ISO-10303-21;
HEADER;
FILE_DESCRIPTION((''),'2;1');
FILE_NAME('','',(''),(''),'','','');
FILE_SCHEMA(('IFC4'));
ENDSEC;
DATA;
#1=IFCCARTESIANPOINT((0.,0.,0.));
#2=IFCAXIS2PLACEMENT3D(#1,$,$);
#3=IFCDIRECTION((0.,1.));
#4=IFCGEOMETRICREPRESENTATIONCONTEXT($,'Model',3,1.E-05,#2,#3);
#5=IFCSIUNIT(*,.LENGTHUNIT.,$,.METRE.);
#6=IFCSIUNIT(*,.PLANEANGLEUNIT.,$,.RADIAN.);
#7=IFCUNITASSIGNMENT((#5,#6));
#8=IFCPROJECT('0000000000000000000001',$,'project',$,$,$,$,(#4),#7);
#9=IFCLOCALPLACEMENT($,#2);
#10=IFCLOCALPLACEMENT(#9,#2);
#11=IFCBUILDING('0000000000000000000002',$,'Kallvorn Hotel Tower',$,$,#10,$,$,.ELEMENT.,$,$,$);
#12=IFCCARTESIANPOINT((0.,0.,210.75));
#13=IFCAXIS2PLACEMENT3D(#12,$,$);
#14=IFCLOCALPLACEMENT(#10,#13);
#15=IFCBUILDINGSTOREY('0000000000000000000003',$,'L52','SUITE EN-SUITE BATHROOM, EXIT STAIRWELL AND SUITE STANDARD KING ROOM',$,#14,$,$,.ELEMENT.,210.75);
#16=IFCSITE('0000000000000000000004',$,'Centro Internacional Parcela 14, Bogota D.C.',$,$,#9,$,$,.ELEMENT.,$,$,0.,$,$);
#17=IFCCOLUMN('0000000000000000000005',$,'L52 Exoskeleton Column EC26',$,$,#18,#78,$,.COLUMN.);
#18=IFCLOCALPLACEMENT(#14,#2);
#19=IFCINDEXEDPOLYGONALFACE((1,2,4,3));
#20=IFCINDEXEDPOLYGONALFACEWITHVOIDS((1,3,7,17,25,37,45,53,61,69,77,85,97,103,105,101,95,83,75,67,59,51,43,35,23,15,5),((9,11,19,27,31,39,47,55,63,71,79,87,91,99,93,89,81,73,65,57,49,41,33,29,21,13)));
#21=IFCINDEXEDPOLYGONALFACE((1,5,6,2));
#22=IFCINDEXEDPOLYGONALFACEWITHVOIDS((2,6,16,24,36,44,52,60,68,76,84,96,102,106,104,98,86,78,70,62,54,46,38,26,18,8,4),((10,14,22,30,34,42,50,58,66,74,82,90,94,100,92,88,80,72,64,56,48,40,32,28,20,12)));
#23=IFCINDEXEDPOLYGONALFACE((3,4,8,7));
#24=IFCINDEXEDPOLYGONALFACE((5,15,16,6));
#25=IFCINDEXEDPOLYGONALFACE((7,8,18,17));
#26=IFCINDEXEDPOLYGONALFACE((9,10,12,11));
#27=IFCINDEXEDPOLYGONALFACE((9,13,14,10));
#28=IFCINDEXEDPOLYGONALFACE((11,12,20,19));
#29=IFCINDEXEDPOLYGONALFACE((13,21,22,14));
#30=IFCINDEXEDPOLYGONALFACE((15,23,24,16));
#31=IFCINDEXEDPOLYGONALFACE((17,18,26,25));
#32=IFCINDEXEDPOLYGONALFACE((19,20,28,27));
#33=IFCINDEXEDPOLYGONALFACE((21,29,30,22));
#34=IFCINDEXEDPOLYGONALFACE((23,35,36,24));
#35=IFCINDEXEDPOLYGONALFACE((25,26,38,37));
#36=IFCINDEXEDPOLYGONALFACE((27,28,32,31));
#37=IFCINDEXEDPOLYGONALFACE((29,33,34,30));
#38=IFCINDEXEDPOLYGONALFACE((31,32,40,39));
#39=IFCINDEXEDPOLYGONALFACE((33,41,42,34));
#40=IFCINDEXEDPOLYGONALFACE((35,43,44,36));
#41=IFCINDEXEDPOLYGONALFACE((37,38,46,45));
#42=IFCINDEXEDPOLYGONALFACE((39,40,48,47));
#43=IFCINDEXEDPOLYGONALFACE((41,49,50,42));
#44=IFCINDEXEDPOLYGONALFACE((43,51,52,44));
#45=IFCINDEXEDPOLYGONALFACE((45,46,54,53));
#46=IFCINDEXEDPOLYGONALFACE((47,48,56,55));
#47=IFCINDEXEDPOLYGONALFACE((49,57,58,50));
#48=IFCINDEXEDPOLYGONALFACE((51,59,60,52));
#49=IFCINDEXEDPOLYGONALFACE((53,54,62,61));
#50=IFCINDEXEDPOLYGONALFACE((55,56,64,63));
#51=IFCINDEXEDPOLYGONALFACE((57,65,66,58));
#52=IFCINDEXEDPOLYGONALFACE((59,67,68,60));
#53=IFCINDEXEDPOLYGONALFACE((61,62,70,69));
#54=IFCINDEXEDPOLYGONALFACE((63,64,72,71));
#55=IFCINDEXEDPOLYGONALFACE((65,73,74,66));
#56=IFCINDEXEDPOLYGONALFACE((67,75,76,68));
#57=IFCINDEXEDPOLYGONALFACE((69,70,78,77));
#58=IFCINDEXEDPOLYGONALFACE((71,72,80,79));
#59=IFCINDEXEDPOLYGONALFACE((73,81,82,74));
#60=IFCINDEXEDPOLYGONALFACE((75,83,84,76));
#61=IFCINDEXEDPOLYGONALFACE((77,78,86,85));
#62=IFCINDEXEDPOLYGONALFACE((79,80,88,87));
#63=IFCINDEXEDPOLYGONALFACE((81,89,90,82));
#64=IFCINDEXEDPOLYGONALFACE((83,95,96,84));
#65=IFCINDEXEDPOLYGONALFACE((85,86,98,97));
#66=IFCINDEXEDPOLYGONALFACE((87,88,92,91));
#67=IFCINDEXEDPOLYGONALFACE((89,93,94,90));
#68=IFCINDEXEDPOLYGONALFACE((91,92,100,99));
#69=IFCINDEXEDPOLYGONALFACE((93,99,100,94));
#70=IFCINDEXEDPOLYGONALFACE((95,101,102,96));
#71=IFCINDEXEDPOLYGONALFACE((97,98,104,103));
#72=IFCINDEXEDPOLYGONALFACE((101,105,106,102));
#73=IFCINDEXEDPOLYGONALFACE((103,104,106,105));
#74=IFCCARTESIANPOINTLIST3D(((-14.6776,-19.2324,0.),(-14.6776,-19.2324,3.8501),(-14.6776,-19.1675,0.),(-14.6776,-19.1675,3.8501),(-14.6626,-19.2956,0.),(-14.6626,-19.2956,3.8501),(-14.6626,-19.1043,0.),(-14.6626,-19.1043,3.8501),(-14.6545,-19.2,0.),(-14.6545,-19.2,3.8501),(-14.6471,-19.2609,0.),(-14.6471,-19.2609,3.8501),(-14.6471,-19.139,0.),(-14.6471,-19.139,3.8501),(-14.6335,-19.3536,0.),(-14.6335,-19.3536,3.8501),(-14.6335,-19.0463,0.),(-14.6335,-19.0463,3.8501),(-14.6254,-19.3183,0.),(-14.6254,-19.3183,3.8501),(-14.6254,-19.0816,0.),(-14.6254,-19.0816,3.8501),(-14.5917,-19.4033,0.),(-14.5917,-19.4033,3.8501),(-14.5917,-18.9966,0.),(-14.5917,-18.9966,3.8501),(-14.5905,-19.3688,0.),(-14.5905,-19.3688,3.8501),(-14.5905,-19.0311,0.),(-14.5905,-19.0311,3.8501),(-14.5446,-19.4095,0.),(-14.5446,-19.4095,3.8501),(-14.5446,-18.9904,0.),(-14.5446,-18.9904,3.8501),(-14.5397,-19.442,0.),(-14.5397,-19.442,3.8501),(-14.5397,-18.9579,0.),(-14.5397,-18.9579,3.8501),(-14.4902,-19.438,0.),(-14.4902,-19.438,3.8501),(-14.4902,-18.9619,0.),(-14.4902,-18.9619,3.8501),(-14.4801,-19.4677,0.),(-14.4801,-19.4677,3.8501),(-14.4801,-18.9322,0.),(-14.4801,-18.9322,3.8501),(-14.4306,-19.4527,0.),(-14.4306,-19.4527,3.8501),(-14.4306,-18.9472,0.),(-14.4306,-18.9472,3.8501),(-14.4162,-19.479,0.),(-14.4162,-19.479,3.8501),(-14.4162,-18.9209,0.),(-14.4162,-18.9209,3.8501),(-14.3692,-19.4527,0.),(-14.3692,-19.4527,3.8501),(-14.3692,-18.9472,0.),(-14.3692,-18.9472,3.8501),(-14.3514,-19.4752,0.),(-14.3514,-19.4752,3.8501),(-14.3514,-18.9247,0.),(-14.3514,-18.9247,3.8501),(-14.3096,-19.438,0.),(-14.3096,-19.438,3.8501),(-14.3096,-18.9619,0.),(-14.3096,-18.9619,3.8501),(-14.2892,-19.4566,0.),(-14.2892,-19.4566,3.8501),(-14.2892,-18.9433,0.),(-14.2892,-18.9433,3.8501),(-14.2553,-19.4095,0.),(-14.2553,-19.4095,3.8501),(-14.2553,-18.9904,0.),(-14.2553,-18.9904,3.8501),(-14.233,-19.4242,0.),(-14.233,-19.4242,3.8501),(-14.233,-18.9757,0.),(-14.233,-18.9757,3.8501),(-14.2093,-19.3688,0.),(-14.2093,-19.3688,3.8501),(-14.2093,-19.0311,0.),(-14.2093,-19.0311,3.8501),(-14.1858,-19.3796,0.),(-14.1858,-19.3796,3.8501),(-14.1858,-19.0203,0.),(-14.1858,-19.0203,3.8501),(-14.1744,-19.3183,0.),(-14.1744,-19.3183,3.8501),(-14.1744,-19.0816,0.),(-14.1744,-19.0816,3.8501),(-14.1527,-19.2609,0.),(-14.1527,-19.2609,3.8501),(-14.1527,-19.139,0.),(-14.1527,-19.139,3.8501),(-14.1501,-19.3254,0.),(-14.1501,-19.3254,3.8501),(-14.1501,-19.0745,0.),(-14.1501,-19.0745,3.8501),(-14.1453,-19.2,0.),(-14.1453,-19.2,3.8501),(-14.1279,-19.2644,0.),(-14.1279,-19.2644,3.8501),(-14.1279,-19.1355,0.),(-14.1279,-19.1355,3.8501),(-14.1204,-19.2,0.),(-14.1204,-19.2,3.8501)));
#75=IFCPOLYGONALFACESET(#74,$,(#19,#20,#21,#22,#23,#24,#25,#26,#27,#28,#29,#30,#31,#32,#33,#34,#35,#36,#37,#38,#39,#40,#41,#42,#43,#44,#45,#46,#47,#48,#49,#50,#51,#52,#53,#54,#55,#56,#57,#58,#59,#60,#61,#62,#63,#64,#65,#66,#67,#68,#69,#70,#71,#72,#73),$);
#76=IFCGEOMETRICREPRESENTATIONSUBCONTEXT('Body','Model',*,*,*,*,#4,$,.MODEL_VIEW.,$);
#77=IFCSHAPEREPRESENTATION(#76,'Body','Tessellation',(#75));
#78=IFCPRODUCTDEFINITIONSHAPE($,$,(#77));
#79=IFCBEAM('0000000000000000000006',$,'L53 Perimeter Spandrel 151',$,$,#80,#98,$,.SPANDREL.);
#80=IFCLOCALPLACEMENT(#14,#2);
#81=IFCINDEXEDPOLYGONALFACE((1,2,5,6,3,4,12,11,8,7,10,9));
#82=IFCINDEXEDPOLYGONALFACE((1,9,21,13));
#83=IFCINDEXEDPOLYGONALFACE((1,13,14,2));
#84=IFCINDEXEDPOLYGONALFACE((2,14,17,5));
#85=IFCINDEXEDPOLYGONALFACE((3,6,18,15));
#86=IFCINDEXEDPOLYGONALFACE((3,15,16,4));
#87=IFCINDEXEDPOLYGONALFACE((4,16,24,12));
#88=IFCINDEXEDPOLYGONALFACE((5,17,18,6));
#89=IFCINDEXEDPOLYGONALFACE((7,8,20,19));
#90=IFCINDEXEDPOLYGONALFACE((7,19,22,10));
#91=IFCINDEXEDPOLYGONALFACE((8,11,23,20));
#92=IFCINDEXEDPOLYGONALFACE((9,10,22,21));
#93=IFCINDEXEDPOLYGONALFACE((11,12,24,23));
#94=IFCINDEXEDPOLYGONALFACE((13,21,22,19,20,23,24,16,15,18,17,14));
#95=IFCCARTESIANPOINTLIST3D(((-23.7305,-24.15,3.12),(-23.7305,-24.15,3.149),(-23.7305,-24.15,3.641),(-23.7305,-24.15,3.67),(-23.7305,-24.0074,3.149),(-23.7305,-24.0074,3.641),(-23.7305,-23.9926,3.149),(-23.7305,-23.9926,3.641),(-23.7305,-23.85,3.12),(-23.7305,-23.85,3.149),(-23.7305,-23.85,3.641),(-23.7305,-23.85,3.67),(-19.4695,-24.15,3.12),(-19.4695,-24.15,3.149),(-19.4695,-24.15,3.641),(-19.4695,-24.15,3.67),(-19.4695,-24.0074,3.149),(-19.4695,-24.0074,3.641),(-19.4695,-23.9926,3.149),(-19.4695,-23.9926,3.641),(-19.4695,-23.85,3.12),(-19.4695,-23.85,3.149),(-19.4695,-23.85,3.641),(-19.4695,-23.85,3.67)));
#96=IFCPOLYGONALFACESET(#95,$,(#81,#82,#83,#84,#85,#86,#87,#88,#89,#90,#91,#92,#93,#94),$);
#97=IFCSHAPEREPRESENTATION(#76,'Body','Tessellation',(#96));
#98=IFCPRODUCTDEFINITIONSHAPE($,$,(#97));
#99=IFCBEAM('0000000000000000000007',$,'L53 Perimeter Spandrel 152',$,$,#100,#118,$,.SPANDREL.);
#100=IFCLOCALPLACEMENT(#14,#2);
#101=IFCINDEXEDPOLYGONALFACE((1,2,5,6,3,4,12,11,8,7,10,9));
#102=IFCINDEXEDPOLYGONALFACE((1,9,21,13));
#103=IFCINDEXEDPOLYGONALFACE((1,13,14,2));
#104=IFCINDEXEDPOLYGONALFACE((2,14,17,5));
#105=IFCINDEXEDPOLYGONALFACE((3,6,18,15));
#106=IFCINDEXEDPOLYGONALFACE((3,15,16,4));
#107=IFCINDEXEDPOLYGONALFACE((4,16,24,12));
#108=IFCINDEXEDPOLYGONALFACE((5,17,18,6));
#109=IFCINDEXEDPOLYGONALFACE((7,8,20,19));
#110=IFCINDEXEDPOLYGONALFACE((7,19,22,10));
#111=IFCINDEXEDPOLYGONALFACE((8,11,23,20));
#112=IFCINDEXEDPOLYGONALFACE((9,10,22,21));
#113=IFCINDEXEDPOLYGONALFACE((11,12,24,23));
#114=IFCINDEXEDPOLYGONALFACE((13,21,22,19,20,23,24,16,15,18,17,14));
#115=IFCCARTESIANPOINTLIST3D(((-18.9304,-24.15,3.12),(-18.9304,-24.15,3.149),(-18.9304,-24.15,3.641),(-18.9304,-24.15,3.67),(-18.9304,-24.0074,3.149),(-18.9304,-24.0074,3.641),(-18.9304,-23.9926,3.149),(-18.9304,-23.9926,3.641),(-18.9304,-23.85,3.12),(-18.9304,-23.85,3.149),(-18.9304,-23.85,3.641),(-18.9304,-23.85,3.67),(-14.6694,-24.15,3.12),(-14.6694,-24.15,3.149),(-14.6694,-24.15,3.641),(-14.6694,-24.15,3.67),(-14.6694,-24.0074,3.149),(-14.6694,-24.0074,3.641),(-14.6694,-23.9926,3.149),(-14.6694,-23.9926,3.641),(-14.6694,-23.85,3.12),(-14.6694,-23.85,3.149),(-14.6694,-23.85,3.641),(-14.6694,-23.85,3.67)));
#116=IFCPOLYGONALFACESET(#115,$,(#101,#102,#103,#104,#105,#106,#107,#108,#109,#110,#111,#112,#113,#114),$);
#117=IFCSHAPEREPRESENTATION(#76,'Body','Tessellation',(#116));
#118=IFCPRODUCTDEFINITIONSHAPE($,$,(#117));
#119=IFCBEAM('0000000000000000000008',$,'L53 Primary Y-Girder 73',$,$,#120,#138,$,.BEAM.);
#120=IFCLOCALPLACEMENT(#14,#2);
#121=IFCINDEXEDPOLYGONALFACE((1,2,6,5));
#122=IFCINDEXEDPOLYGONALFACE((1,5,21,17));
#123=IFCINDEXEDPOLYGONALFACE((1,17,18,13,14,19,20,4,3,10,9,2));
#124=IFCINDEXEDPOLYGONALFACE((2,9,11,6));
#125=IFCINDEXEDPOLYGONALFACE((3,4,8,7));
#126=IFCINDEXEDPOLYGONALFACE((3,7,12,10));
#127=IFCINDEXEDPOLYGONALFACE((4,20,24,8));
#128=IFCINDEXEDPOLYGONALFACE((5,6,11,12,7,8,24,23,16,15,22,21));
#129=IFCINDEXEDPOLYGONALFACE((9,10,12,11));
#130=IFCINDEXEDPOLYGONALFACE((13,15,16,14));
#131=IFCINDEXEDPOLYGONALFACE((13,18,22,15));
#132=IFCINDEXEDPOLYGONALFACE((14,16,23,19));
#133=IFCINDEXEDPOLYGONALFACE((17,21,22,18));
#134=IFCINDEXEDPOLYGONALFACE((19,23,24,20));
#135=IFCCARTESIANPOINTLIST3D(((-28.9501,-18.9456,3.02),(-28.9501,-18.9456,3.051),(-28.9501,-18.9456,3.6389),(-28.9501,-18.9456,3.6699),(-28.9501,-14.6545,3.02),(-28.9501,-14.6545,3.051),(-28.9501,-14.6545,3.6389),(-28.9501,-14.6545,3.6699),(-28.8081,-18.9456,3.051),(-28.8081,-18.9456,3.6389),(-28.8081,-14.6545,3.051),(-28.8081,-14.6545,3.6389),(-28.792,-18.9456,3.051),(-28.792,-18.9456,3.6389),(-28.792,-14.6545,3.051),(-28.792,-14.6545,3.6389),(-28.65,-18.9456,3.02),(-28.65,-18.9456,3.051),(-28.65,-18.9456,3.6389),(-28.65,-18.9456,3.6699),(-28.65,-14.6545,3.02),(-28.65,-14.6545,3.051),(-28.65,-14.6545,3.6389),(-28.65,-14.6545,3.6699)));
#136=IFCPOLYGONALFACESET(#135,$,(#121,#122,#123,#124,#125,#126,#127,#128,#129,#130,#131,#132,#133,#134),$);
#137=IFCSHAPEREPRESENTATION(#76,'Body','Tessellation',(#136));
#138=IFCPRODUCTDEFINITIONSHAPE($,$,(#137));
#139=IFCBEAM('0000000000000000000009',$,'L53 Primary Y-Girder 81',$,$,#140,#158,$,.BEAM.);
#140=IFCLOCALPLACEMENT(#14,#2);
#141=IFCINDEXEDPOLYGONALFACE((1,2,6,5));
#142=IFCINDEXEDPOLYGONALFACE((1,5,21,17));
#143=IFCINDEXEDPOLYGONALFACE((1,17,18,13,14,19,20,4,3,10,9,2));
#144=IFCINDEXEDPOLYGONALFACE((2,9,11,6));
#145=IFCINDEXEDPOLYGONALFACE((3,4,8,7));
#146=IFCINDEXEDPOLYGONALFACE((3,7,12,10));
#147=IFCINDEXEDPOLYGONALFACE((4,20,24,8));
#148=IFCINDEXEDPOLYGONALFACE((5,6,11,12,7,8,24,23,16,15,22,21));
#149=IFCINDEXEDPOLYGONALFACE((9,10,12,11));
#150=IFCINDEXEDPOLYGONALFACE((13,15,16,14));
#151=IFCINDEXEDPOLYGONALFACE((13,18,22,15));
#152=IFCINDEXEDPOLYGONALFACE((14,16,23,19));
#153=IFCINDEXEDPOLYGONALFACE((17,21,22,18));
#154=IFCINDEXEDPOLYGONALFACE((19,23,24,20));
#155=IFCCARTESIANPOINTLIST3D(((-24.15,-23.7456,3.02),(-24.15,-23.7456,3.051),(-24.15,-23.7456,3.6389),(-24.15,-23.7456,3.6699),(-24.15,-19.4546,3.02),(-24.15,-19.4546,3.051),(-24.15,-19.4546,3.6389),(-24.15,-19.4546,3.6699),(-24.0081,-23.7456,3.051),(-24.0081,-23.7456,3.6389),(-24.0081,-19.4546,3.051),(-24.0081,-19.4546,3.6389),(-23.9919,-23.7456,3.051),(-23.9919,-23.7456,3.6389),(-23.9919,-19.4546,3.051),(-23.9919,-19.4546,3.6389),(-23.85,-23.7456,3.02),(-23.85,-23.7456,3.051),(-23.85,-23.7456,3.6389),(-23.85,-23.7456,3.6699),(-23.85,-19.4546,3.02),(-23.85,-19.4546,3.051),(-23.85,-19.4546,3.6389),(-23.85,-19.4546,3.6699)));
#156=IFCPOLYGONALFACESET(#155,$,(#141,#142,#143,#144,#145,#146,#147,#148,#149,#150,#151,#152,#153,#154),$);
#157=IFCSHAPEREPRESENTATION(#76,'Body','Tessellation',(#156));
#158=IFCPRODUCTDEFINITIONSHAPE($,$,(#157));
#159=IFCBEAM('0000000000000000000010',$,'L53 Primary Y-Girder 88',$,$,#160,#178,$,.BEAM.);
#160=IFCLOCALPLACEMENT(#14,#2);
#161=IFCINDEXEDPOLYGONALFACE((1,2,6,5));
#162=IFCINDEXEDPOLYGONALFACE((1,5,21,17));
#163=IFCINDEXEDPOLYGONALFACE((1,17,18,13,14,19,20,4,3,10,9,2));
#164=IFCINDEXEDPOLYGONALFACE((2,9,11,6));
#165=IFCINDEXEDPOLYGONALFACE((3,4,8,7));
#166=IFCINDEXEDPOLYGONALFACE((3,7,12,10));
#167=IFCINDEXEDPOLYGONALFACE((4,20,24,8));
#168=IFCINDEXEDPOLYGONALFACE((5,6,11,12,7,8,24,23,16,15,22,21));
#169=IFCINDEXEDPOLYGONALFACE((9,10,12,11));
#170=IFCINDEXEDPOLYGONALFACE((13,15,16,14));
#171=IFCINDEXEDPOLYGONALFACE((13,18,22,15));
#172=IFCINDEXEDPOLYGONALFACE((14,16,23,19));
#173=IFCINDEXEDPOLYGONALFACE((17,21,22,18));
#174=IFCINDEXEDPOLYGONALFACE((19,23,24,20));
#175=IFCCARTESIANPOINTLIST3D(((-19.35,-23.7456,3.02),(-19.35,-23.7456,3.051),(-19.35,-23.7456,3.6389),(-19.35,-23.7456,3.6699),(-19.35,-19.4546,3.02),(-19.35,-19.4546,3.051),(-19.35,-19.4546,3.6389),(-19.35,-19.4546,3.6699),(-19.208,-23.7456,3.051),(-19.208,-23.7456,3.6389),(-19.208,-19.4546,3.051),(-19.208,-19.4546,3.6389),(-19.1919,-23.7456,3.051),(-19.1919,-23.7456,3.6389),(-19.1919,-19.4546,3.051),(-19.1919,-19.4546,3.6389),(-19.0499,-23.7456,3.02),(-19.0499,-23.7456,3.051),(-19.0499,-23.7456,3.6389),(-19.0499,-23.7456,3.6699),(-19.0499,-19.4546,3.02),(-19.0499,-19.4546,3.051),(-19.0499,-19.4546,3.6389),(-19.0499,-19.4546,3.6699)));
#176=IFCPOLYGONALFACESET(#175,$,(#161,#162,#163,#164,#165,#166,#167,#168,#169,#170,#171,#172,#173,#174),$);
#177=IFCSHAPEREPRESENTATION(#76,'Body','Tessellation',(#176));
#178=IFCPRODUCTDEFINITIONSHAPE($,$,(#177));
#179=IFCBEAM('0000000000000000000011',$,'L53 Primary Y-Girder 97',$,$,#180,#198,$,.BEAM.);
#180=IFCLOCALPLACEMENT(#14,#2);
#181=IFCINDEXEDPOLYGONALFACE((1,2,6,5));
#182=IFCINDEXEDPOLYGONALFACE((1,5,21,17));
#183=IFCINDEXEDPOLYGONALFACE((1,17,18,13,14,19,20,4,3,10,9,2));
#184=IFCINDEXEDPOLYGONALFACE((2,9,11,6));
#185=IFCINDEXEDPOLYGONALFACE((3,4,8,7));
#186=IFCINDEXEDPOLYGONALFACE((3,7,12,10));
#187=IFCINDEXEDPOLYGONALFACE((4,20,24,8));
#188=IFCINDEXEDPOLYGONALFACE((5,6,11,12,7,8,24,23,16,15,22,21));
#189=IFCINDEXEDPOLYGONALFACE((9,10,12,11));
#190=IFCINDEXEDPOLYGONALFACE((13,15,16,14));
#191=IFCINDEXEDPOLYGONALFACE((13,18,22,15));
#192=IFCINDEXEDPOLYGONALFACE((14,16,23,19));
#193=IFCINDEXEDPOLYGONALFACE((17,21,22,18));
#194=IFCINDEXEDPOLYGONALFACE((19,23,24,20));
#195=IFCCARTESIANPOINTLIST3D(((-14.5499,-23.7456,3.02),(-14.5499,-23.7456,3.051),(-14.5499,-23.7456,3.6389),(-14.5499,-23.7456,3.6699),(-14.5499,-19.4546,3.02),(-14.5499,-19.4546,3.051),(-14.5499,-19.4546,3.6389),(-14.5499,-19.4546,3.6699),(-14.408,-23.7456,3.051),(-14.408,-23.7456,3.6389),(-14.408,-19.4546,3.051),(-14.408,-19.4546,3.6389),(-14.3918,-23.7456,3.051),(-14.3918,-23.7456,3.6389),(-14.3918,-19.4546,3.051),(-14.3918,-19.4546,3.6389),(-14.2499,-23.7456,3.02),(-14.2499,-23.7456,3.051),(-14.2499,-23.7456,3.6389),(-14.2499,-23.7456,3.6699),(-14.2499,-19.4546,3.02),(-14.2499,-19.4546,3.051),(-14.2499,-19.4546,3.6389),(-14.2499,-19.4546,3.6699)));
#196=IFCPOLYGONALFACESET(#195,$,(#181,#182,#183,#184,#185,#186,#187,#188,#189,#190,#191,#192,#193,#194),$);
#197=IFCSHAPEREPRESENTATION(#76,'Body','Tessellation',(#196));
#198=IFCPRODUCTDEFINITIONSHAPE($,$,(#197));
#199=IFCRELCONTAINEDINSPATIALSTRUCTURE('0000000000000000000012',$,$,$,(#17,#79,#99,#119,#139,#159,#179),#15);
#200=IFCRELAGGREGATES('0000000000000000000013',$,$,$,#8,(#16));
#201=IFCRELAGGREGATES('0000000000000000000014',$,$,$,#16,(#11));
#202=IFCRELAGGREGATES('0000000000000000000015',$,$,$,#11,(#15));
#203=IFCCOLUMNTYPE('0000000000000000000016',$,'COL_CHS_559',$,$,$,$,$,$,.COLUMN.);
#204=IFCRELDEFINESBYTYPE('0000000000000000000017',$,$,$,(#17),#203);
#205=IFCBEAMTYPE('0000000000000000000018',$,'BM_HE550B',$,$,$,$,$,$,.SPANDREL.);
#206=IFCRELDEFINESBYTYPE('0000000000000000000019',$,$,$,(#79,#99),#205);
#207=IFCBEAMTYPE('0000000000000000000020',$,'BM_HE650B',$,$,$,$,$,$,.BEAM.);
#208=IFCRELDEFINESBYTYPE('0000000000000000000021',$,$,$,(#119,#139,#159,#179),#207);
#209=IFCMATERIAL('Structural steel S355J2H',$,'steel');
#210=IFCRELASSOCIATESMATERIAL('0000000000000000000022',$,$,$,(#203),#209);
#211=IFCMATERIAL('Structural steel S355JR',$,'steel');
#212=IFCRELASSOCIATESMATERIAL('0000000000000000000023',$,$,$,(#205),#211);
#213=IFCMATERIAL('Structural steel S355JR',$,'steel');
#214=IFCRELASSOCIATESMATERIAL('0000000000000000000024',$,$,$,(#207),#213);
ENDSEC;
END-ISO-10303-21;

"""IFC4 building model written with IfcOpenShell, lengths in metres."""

from ifc_helpers import new_model, si_unit, direction, frame, origin, origin_2d, place, context, subcontext, project, spatial, hollow_circle, i_section, extrude, material, material_profile, profile_set, type_object, element, save


model = new_model("IFC4")

# Units and contexts
model_context = context("Model", 3, precision=1e-05, world=origin(), true_north=direction((0.0, 1.0)))
body_context = subcontext(model_context, "Body", "Model", "MODEL_VIEW")
ifc_project = project(units=[si_unit("LENGTHUNIT", "METRE"), si_unit("PLANEANGLEUNIT", "RADIAN")], contexts=[model_context])

# Site, building, storey
site_placement = place(None, origin())
site = spatial("IfcSite", under=ifc_project, at=site_placement, Name="Centro Internacional Parcela 14, Bogota D.C.", CompositionType="ELEMENT", RefElevation=0.0)
building_placement = place(site_placement, origin())
building = spatial("IfcBuilding", under=site, at=building_placement, Name="Kallvorn Hotel Tower", CompositionType="ELEMENT")
storey_placement = place(building_placement, frame((0.0, 0.0, 210.75)))
storey = spatial("IfcBuildingStorey", under=building, at=storey_placement, Name="L52", Description="SUITE EN-SUITE BATHROOM, EXIT STAIRWELL AND SUITE STANDARD KING ROOM", CompositionType="ELEMENT", Elevation=210.75)

# Column
ifc_material_1 = material(Name="Structural steel S355J2H", Category="steel")
ifc_material_profile_1 = material_profile(ifc_material_1, hollow_circle(Radius=0.2795, WallThickness=0.0249, at=origin_2d()), Name="CHS 559x25")
ifc_profile_set_1 = profile_set([ifc_material_profile_1], Name="Structural steel S355J2H")
column_type = type_object("IfcColumnType", Name="COL_CHS_559", PredefinedType="COLUMN", material=ifc_profile_set_1)
for number, where, z_axis, x_axis, name in (
    (1, (-14.3999, -19.2, 0.0), (0.0, 0.0, 1.0), (1.0, 0.0, 0.0), "L52 Exoskeleton Column EC26"),
):
    element("IfcColumn", number, at=place(storey_placement, frame(where, z_axis=z_axis, x_axis=x_axis)), inside=storey, type_object=column_type, Name=name, PredefinedType="COLUMN", context=body_context, shape_type="SweptSolid", body=[
        extrude(hollow_circle(Radius=0.2795, WallThickness=0.0249, at=origin_2d()), origin(), (0.0, 0.0, 1.0), 3.8501),
    ])

# Beams
ifc_material_2 = material(Name="Structural steel S355JR", Category="steel")
ifc_material_profile_2 = material_profile(ifc_material_2, i_section(OverallWidth=0.3, OverallDepth=0.55, WebThickness=0.0149, FlangeThickness=0.0291, at=origin_2d()), Name="HE 550 B")
ifc_profile_set_2 = profile_set([ifc_material_profile_2], Name="Structural steel S355JR")
beam_type_1 = type_object("IfcBeamType", Name="BM_HE550B", PredefinedType="SPANDREL", material=ifc_profile_set_2)
for number, where, z_axis, x_axis, name in (
    (2, (-23.7305, -24.0, 3.395), (1.0, 0.0, 0.0), (0.0, 1.0, 0.0), "L53 Perimeter Spandrel 151"),
    (3, (-18.9304, -24.0, 3.395), (1.0, 0.0, 0.0), (0.0, 1.0, 0.0), "L53 Perimeter Spandrel 152"),
):
    element("IfcBeam", number, at=place(storey_placement, frame(where, z_axis=z_axis, x_axis=x_axis)), inside=storey, type_object=beam_type_1, Name=name, PredefinedType="SPANDREL", context=body_context, shape_type="SweptSolid", body=[
        extrude(i_section(OverallWidth=0.3, OverallDepth=0.55, WebThickness=0.0149, FlangeThickness=0.0291, at=origin_2d()), origin(), (0.0, 0.0, 1.0), 4.261),
    ])
ifc_material_3 = material(Name="Structural steel S355JR", Category="steel")
ifc_material_profile_3 = material_profile(ifc_material_3, i_section(OverallWidth=0.3, OverallDepth=0.6499, WebThickness=0.0161, FlangeThickness=0.031, at=origin_2d()), Name="HE 650 B")
ifc_profile_set_3 = profile_set([ifc_material_profile_3], Name="Structural steel S355JR")
beam_type_2 = type_object("IfcBeamType", Name="BM_HE650B", PredefinedType="BEAM", material=ifc_profile_set_3)
for number, where, z_axis, x_axis, name in (
    (4, (-28.8, -18.9456, 3.345), (0.0, 1.0, 0.0), (-1.0, 0.0, 0.0), "L53 Primary Y-Girder 73"),
    (5, (-24.0, -23.7456, 3.345), (0.0, 1.0, 0.0), (-1.0, 0.0, 0.0), "L53 Primary Y-Girder 81"),
    (6, (-19.2, -23.7456, 3.345), (0.0, 1.0, 0.0), (-1.0, 0.0, 0.0), "L53 Primary Y-Girder 88"),
    (7, (-14.3999, -23.7456, 3.345), (0.0, 1.0, 0.0), (-1.0, 0.0, 0.0), "L53 Primary Y-Girder 97"),
):
    element("IfcBeam", number, at=place(storey_placement, frame(where, z_axis=z_axis, x_axis=x_axis)), inside=storey, type_object=beam_type_2, Name=name, PredefinedType="BEAM", context=body_context, shape_type="SweptSolid", body=[
        extrude(i_section(OverallWidth=0.3, OverallDepth=0.6499, WebThickness=0.0161, FlangeThickness=0.031, at=origin_2d()), origin(), (0.0, 0.0, 1.0), 4.291),
    ])

save(model, "model.ifc")
